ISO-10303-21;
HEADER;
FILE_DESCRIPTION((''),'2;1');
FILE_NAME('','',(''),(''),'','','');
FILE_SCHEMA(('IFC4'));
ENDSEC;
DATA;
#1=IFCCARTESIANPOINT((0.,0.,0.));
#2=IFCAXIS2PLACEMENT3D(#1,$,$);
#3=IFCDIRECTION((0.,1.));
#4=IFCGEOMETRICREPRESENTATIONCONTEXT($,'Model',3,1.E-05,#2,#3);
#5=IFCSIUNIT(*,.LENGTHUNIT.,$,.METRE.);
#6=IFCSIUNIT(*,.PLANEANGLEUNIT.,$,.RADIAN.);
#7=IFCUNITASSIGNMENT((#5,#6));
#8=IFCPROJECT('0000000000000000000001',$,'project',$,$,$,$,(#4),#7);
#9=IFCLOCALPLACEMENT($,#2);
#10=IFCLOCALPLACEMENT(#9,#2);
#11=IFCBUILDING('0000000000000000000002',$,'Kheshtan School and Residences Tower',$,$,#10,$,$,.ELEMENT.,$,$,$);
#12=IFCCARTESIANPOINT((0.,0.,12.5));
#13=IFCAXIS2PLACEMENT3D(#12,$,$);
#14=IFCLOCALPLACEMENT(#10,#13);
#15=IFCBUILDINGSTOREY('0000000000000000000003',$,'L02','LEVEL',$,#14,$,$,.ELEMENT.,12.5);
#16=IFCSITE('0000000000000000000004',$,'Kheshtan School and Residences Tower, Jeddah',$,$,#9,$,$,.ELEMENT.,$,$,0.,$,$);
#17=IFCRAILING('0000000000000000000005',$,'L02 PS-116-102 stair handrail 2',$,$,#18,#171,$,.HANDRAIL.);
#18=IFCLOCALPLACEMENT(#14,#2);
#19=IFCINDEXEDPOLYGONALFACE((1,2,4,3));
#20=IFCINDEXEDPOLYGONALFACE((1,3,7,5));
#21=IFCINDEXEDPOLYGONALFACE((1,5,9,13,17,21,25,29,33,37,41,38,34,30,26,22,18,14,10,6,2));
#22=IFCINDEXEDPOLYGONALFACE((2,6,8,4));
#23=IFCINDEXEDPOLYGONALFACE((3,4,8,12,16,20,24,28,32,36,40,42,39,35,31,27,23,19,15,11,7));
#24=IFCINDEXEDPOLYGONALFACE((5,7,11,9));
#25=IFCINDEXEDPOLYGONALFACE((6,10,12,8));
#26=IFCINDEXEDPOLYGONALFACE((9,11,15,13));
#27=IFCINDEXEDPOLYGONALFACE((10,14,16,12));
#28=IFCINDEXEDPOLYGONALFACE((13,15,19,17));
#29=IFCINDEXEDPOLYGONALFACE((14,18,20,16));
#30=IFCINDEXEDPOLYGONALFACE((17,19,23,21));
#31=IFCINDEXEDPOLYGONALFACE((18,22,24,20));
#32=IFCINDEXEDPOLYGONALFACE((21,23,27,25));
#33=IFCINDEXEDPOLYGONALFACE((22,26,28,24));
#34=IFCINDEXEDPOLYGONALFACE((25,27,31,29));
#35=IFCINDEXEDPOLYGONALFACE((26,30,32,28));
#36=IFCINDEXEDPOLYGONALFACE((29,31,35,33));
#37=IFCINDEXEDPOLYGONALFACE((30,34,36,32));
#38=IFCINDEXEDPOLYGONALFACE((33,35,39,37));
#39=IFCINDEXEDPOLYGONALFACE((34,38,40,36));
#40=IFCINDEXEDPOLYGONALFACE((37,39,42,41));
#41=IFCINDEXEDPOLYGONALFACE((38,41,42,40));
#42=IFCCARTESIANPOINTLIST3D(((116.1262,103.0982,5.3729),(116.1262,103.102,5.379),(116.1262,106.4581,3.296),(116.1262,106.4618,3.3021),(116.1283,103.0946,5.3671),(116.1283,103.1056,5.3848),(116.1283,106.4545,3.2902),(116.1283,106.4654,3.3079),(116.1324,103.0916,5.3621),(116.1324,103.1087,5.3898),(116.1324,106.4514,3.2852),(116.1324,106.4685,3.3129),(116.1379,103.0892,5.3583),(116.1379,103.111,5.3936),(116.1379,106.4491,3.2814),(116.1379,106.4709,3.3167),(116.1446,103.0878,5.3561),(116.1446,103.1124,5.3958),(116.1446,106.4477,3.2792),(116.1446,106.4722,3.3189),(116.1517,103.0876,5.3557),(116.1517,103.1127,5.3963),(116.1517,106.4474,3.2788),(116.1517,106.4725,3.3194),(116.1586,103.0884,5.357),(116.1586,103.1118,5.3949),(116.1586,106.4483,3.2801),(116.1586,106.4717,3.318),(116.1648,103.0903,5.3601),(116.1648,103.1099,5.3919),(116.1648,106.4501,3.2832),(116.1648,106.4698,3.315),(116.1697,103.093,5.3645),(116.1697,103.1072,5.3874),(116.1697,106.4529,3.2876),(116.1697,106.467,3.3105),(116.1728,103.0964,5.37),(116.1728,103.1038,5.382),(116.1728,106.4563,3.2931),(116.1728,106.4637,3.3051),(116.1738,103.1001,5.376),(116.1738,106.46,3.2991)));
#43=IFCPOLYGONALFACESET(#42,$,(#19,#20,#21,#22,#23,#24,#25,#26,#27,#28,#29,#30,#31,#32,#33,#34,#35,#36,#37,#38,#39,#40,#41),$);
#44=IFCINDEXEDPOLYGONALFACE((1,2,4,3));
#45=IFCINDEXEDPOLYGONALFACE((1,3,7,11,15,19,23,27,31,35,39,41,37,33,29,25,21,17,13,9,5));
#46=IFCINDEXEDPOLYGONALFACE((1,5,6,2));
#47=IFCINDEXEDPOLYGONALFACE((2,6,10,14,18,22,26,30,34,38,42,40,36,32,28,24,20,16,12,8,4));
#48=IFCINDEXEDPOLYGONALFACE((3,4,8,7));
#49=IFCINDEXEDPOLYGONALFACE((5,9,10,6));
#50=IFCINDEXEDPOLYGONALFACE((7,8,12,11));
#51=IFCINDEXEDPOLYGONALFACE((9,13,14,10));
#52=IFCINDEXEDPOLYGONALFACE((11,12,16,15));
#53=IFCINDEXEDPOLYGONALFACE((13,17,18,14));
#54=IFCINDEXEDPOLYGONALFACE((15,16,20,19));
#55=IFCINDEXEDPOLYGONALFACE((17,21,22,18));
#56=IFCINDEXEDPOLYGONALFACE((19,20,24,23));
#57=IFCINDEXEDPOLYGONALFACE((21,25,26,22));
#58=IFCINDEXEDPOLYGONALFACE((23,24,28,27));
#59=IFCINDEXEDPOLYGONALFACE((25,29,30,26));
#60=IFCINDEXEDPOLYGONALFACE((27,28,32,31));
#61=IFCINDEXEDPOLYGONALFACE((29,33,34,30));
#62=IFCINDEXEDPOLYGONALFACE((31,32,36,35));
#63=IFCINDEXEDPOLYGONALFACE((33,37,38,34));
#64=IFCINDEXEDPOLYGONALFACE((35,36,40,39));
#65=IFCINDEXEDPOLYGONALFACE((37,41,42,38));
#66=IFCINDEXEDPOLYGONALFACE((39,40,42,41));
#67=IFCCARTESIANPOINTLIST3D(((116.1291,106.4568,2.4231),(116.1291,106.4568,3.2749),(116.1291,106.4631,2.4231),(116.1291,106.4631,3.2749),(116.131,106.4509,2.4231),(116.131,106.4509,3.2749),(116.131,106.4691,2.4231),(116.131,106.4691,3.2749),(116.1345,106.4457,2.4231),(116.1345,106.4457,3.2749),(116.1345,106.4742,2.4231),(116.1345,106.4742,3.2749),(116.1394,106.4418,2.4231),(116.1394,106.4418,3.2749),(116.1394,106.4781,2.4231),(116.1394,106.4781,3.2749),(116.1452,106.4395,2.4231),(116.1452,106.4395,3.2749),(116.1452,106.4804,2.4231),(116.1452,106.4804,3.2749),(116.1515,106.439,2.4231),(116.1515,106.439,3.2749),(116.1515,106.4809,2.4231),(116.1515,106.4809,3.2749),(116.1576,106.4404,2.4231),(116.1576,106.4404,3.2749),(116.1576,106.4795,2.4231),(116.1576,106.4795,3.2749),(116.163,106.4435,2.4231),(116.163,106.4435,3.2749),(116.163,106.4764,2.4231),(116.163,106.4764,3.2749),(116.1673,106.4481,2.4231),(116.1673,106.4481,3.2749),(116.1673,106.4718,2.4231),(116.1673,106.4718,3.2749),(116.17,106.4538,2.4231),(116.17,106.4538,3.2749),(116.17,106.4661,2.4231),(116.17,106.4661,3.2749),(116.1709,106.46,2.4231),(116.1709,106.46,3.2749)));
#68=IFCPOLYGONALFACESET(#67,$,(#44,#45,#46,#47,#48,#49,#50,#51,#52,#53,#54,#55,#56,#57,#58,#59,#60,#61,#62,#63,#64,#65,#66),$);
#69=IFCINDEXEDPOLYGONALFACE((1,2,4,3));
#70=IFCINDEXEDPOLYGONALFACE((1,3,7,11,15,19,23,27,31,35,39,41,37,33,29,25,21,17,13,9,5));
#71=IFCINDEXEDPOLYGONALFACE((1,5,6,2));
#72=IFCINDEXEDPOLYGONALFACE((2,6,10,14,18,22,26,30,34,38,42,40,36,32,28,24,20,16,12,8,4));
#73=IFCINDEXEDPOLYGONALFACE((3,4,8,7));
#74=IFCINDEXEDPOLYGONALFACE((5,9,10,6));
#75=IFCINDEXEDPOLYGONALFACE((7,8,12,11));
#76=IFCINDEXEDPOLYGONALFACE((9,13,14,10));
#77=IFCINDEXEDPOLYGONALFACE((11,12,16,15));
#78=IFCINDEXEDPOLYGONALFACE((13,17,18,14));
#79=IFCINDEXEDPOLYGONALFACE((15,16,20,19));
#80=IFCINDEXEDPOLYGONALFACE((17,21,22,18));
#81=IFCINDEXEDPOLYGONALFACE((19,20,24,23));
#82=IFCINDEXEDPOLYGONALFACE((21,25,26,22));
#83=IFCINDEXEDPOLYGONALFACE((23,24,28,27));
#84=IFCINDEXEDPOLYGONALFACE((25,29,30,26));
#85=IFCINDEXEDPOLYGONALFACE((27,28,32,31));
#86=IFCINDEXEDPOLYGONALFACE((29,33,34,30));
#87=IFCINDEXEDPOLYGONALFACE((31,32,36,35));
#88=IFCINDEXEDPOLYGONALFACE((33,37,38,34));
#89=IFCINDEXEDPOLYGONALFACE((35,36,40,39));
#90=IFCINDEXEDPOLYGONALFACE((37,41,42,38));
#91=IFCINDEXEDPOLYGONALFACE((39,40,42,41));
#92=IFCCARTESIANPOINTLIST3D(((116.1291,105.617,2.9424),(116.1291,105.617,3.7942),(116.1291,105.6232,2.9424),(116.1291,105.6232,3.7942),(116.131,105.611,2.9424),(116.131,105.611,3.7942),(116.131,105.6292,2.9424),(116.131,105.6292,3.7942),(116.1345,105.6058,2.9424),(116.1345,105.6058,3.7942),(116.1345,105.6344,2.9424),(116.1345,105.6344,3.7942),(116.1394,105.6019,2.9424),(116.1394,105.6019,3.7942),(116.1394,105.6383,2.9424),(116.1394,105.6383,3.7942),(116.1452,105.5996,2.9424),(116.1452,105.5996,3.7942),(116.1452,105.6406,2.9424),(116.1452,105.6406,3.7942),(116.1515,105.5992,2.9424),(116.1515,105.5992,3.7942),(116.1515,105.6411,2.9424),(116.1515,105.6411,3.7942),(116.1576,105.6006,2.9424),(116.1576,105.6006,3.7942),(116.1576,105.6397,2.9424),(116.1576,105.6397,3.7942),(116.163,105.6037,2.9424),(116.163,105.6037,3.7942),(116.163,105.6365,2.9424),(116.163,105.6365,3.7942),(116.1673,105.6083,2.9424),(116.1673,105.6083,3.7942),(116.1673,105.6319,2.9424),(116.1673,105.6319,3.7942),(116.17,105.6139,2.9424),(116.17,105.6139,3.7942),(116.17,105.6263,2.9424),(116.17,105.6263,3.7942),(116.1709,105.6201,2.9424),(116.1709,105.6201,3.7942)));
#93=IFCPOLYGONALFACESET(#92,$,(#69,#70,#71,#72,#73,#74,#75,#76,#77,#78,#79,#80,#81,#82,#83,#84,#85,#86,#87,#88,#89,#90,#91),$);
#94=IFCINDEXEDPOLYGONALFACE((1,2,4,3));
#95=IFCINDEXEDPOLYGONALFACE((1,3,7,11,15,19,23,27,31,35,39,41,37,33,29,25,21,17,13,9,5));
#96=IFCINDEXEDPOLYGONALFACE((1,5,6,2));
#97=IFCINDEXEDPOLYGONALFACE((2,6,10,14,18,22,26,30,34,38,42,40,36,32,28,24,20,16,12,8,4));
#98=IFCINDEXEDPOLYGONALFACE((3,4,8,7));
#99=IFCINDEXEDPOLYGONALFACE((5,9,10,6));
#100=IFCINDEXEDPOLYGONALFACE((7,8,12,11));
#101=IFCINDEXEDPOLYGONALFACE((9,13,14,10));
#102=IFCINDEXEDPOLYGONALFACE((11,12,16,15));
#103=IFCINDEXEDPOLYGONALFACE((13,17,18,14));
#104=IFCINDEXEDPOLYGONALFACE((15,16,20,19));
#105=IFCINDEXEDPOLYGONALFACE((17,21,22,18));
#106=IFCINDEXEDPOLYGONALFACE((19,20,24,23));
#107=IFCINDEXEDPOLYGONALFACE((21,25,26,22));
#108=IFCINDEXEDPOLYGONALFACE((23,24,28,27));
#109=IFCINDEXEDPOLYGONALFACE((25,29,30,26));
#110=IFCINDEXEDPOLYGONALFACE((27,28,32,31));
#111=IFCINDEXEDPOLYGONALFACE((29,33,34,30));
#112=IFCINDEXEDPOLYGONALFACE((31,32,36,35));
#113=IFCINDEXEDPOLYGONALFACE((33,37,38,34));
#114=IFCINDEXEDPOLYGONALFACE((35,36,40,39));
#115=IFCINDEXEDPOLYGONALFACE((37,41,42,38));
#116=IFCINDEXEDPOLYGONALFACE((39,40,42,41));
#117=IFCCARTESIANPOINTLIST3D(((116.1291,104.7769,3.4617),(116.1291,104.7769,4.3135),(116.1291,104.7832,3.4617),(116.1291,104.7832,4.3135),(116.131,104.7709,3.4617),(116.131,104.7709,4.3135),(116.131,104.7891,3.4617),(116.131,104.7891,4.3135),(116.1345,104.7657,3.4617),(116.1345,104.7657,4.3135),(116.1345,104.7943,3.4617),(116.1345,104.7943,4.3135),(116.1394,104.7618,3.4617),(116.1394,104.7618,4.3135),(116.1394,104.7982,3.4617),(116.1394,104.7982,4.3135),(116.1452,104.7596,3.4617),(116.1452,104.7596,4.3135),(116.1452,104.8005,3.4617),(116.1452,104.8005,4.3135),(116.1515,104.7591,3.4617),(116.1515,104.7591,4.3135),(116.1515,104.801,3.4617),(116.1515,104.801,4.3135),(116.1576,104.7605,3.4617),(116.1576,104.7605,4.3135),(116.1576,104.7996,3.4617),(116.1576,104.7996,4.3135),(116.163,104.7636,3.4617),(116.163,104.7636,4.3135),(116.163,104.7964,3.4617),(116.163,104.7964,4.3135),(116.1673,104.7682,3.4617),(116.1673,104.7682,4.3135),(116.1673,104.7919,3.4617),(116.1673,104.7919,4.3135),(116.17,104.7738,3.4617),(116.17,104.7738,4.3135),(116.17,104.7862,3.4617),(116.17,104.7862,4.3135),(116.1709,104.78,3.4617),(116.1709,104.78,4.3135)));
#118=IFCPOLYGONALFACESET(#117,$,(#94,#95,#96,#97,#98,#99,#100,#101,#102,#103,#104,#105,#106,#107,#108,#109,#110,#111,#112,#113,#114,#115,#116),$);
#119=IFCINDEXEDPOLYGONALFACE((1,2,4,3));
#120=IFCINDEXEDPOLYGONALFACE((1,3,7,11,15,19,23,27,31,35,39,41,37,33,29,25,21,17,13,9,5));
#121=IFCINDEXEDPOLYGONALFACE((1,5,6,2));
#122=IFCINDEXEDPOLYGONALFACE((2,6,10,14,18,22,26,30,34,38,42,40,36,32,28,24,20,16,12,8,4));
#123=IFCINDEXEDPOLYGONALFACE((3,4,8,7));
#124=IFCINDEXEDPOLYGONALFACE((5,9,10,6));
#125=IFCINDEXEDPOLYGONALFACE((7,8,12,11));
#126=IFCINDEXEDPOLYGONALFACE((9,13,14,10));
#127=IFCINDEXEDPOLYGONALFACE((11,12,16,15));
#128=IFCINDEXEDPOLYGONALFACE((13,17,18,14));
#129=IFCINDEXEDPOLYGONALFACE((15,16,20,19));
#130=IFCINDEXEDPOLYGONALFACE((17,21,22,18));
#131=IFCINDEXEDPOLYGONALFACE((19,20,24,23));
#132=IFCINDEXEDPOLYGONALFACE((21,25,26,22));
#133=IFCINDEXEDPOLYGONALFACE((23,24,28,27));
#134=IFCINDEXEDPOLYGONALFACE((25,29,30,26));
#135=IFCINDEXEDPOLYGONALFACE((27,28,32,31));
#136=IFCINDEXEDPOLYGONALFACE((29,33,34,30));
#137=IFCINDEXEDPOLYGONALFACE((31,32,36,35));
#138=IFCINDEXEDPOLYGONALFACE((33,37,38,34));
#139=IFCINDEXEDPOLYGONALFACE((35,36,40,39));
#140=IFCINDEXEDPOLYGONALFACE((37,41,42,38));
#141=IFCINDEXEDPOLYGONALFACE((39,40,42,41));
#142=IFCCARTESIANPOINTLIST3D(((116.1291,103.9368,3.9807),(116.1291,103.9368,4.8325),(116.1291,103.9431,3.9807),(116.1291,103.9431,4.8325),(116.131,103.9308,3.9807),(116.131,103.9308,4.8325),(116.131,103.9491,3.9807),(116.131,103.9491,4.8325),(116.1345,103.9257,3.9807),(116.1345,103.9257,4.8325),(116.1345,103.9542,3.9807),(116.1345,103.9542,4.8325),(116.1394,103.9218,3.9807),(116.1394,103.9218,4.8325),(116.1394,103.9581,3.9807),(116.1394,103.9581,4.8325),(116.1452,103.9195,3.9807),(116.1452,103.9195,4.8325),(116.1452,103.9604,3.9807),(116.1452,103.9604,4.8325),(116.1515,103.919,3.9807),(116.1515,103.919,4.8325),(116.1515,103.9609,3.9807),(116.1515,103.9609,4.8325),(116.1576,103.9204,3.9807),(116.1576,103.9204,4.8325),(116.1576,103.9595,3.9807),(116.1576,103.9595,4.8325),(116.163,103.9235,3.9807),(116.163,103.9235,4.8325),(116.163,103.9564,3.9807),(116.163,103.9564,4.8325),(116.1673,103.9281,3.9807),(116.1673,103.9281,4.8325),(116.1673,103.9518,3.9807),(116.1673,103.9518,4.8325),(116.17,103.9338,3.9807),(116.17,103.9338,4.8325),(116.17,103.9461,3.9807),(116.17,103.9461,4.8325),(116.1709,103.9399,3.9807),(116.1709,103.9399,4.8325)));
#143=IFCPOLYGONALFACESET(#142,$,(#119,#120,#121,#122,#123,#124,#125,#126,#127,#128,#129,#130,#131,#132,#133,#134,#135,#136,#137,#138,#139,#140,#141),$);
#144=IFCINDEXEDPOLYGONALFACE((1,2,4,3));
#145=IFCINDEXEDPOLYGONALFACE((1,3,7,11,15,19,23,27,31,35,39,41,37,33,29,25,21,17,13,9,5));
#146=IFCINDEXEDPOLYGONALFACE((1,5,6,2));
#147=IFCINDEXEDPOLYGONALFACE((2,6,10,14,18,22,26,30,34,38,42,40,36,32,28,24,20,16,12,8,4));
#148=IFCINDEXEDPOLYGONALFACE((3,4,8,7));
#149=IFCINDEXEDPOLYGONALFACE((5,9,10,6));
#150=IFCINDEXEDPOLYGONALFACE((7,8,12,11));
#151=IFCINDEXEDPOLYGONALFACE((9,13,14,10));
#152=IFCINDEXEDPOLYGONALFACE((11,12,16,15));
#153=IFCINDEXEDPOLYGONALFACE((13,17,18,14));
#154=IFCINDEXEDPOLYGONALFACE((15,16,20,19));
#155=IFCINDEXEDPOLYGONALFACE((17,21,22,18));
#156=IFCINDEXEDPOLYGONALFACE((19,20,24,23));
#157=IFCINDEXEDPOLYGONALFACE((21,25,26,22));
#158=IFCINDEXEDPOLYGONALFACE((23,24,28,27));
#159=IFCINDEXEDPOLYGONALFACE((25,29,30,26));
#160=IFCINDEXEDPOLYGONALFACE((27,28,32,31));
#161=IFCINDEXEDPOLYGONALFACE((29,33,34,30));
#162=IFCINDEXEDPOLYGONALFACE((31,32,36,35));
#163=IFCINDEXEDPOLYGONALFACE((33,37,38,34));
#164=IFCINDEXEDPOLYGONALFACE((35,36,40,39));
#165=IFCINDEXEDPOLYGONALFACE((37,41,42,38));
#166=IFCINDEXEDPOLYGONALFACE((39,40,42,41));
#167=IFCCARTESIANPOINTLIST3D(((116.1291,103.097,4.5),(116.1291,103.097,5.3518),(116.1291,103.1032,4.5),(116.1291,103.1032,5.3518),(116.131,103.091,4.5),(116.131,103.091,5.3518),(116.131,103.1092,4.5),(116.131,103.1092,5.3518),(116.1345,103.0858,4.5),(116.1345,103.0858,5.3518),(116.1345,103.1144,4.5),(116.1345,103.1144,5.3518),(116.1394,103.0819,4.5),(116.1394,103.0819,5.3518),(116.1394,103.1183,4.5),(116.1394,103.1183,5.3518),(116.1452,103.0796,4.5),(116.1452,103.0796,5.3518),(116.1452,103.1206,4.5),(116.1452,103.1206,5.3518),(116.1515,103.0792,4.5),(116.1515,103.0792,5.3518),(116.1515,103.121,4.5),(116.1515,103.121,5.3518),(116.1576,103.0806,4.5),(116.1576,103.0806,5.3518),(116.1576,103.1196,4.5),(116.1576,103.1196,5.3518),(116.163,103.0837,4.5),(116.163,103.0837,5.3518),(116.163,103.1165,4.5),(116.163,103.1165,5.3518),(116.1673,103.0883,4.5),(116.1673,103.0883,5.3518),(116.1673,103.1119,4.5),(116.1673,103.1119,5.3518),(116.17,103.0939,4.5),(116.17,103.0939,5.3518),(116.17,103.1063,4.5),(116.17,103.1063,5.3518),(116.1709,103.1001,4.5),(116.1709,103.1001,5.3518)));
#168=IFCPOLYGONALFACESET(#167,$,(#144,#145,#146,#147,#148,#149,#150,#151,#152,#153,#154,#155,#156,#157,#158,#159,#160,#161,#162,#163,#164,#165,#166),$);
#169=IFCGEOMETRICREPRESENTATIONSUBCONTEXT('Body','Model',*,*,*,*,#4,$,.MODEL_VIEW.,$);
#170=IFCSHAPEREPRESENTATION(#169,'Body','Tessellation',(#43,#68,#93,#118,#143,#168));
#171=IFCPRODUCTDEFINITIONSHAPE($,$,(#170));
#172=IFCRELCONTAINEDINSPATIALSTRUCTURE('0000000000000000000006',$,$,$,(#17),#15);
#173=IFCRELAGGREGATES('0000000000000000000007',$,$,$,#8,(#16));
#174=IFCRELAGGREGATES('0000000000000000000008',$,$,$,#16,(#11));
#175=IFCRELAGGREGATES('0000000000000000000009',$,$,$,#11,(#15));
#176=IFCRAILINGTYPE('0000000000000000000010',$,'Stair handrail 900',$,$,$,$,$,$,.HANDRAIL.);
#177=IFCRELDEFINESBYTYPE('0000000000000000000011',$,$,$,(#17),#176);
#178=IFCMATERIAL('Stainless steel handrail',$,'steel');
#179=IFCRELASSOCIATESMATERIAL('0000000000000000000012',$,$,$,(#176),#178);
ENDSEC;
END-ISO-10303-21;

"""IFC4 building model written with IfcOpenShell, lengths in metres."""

from ifc_helpers import new_model, si_unit, direction, frame, origin, origin_2d, place, context, subcontext, project, spatial, circle, extrude, material, type_object, element, save


model = new_model("IFC4")

# Units and contexts
model_context = context("Model", 3, precision=1e-05, world=origin(), true_north=direction((0.0, 1.0)))
body_context = subcontext(model_context, "Body", "Model", "MODEL_VIEW")
ifc_project = project(units=[si_unit("LENGTHUNIT", "METRE"), si_unit("PLANEANGLEUNIT", "RADIAN")], contexts=[model_context])

# Site, building, storey
site_placement = place(None, origin())
site = spatial("IfcSite", under=ifc_project, at=site_placement, Name="Kheshtan School and Residences Tower, Jeddah", CompositionType="ELEMENT", RefElevation=0.0)
building_placement = place(site_placement, origin())
building = spatial("IfcBuilding", under=site, at=building_placement, Name="Kheshtan School and Residences Tower", CompositionType="ELEMENT")
storey_placement = place(building_placement, frame((0.0, 0.0, 12.5)))
storey = spatial("IfcBuildingStorey", under=building, at=storey_placement, Name="L02", Description="LEVEL", CompositionType="ELEMENT", Elevation=12.5)

# Railing
ifc_material_1 = material(Name="Stainless steel handrail", Category="steel")
railing_type_1 = type_object("IfcRailingType", Name="Stair handrail 900", PredefinedType="HANDRAIL", material=ifc_material_1)
railing_1_placement = place(storey_placement, frame((116.1499, 106.46, 2.4231)))
element("IfcRailing", 1, at=railing_1_placement, inside=storey, type_object=railing_type_1, Name="L02 PS-116-102 stair handrail 2", PredefinedType="HANDRAIL", context=body_context, shape_type="SweptSolid", body=[
    extrude(circle(Radius=0.0239, at=origin_2d()), frame((0.0, 0.0, 0.876), z_axis=(0.0, -0.850606, 0.525803), x_axis=(1.0, 0.0, 0.0)), (0.0, 0.0, 1.0), 3.95),
    extrude(circle(Radius=0.021, at=origin_2d()), origin(), (0.0, 0.0, 1.0), 0.8518),
    extrude(circle(Radius=0.021, at=origin_2d()), frame((0.0, -0.8398, 0.5193)), (0.0, 0.0, 1.0), 0.8518),
    extrude(circle(Radius=0.021, at=origin_2d()), frame((0.0, -1.6799, 1.0386)), (0.0, 0.0, 1.0), 0.8518),
    extrude(circle(Radius=0.021, at=origin_2d()), frame((0.0, -2.52, 1.5576)), (0.0, 0.0, 1.0), 0.8518),
    extrude(circle(Radius=0.021, at=origin_2d()), frame((0.0, -3.3599, 2.0769)), (0.0, 0.0, 1.0), 0.8518),
])

save(model, "model.ifc")
